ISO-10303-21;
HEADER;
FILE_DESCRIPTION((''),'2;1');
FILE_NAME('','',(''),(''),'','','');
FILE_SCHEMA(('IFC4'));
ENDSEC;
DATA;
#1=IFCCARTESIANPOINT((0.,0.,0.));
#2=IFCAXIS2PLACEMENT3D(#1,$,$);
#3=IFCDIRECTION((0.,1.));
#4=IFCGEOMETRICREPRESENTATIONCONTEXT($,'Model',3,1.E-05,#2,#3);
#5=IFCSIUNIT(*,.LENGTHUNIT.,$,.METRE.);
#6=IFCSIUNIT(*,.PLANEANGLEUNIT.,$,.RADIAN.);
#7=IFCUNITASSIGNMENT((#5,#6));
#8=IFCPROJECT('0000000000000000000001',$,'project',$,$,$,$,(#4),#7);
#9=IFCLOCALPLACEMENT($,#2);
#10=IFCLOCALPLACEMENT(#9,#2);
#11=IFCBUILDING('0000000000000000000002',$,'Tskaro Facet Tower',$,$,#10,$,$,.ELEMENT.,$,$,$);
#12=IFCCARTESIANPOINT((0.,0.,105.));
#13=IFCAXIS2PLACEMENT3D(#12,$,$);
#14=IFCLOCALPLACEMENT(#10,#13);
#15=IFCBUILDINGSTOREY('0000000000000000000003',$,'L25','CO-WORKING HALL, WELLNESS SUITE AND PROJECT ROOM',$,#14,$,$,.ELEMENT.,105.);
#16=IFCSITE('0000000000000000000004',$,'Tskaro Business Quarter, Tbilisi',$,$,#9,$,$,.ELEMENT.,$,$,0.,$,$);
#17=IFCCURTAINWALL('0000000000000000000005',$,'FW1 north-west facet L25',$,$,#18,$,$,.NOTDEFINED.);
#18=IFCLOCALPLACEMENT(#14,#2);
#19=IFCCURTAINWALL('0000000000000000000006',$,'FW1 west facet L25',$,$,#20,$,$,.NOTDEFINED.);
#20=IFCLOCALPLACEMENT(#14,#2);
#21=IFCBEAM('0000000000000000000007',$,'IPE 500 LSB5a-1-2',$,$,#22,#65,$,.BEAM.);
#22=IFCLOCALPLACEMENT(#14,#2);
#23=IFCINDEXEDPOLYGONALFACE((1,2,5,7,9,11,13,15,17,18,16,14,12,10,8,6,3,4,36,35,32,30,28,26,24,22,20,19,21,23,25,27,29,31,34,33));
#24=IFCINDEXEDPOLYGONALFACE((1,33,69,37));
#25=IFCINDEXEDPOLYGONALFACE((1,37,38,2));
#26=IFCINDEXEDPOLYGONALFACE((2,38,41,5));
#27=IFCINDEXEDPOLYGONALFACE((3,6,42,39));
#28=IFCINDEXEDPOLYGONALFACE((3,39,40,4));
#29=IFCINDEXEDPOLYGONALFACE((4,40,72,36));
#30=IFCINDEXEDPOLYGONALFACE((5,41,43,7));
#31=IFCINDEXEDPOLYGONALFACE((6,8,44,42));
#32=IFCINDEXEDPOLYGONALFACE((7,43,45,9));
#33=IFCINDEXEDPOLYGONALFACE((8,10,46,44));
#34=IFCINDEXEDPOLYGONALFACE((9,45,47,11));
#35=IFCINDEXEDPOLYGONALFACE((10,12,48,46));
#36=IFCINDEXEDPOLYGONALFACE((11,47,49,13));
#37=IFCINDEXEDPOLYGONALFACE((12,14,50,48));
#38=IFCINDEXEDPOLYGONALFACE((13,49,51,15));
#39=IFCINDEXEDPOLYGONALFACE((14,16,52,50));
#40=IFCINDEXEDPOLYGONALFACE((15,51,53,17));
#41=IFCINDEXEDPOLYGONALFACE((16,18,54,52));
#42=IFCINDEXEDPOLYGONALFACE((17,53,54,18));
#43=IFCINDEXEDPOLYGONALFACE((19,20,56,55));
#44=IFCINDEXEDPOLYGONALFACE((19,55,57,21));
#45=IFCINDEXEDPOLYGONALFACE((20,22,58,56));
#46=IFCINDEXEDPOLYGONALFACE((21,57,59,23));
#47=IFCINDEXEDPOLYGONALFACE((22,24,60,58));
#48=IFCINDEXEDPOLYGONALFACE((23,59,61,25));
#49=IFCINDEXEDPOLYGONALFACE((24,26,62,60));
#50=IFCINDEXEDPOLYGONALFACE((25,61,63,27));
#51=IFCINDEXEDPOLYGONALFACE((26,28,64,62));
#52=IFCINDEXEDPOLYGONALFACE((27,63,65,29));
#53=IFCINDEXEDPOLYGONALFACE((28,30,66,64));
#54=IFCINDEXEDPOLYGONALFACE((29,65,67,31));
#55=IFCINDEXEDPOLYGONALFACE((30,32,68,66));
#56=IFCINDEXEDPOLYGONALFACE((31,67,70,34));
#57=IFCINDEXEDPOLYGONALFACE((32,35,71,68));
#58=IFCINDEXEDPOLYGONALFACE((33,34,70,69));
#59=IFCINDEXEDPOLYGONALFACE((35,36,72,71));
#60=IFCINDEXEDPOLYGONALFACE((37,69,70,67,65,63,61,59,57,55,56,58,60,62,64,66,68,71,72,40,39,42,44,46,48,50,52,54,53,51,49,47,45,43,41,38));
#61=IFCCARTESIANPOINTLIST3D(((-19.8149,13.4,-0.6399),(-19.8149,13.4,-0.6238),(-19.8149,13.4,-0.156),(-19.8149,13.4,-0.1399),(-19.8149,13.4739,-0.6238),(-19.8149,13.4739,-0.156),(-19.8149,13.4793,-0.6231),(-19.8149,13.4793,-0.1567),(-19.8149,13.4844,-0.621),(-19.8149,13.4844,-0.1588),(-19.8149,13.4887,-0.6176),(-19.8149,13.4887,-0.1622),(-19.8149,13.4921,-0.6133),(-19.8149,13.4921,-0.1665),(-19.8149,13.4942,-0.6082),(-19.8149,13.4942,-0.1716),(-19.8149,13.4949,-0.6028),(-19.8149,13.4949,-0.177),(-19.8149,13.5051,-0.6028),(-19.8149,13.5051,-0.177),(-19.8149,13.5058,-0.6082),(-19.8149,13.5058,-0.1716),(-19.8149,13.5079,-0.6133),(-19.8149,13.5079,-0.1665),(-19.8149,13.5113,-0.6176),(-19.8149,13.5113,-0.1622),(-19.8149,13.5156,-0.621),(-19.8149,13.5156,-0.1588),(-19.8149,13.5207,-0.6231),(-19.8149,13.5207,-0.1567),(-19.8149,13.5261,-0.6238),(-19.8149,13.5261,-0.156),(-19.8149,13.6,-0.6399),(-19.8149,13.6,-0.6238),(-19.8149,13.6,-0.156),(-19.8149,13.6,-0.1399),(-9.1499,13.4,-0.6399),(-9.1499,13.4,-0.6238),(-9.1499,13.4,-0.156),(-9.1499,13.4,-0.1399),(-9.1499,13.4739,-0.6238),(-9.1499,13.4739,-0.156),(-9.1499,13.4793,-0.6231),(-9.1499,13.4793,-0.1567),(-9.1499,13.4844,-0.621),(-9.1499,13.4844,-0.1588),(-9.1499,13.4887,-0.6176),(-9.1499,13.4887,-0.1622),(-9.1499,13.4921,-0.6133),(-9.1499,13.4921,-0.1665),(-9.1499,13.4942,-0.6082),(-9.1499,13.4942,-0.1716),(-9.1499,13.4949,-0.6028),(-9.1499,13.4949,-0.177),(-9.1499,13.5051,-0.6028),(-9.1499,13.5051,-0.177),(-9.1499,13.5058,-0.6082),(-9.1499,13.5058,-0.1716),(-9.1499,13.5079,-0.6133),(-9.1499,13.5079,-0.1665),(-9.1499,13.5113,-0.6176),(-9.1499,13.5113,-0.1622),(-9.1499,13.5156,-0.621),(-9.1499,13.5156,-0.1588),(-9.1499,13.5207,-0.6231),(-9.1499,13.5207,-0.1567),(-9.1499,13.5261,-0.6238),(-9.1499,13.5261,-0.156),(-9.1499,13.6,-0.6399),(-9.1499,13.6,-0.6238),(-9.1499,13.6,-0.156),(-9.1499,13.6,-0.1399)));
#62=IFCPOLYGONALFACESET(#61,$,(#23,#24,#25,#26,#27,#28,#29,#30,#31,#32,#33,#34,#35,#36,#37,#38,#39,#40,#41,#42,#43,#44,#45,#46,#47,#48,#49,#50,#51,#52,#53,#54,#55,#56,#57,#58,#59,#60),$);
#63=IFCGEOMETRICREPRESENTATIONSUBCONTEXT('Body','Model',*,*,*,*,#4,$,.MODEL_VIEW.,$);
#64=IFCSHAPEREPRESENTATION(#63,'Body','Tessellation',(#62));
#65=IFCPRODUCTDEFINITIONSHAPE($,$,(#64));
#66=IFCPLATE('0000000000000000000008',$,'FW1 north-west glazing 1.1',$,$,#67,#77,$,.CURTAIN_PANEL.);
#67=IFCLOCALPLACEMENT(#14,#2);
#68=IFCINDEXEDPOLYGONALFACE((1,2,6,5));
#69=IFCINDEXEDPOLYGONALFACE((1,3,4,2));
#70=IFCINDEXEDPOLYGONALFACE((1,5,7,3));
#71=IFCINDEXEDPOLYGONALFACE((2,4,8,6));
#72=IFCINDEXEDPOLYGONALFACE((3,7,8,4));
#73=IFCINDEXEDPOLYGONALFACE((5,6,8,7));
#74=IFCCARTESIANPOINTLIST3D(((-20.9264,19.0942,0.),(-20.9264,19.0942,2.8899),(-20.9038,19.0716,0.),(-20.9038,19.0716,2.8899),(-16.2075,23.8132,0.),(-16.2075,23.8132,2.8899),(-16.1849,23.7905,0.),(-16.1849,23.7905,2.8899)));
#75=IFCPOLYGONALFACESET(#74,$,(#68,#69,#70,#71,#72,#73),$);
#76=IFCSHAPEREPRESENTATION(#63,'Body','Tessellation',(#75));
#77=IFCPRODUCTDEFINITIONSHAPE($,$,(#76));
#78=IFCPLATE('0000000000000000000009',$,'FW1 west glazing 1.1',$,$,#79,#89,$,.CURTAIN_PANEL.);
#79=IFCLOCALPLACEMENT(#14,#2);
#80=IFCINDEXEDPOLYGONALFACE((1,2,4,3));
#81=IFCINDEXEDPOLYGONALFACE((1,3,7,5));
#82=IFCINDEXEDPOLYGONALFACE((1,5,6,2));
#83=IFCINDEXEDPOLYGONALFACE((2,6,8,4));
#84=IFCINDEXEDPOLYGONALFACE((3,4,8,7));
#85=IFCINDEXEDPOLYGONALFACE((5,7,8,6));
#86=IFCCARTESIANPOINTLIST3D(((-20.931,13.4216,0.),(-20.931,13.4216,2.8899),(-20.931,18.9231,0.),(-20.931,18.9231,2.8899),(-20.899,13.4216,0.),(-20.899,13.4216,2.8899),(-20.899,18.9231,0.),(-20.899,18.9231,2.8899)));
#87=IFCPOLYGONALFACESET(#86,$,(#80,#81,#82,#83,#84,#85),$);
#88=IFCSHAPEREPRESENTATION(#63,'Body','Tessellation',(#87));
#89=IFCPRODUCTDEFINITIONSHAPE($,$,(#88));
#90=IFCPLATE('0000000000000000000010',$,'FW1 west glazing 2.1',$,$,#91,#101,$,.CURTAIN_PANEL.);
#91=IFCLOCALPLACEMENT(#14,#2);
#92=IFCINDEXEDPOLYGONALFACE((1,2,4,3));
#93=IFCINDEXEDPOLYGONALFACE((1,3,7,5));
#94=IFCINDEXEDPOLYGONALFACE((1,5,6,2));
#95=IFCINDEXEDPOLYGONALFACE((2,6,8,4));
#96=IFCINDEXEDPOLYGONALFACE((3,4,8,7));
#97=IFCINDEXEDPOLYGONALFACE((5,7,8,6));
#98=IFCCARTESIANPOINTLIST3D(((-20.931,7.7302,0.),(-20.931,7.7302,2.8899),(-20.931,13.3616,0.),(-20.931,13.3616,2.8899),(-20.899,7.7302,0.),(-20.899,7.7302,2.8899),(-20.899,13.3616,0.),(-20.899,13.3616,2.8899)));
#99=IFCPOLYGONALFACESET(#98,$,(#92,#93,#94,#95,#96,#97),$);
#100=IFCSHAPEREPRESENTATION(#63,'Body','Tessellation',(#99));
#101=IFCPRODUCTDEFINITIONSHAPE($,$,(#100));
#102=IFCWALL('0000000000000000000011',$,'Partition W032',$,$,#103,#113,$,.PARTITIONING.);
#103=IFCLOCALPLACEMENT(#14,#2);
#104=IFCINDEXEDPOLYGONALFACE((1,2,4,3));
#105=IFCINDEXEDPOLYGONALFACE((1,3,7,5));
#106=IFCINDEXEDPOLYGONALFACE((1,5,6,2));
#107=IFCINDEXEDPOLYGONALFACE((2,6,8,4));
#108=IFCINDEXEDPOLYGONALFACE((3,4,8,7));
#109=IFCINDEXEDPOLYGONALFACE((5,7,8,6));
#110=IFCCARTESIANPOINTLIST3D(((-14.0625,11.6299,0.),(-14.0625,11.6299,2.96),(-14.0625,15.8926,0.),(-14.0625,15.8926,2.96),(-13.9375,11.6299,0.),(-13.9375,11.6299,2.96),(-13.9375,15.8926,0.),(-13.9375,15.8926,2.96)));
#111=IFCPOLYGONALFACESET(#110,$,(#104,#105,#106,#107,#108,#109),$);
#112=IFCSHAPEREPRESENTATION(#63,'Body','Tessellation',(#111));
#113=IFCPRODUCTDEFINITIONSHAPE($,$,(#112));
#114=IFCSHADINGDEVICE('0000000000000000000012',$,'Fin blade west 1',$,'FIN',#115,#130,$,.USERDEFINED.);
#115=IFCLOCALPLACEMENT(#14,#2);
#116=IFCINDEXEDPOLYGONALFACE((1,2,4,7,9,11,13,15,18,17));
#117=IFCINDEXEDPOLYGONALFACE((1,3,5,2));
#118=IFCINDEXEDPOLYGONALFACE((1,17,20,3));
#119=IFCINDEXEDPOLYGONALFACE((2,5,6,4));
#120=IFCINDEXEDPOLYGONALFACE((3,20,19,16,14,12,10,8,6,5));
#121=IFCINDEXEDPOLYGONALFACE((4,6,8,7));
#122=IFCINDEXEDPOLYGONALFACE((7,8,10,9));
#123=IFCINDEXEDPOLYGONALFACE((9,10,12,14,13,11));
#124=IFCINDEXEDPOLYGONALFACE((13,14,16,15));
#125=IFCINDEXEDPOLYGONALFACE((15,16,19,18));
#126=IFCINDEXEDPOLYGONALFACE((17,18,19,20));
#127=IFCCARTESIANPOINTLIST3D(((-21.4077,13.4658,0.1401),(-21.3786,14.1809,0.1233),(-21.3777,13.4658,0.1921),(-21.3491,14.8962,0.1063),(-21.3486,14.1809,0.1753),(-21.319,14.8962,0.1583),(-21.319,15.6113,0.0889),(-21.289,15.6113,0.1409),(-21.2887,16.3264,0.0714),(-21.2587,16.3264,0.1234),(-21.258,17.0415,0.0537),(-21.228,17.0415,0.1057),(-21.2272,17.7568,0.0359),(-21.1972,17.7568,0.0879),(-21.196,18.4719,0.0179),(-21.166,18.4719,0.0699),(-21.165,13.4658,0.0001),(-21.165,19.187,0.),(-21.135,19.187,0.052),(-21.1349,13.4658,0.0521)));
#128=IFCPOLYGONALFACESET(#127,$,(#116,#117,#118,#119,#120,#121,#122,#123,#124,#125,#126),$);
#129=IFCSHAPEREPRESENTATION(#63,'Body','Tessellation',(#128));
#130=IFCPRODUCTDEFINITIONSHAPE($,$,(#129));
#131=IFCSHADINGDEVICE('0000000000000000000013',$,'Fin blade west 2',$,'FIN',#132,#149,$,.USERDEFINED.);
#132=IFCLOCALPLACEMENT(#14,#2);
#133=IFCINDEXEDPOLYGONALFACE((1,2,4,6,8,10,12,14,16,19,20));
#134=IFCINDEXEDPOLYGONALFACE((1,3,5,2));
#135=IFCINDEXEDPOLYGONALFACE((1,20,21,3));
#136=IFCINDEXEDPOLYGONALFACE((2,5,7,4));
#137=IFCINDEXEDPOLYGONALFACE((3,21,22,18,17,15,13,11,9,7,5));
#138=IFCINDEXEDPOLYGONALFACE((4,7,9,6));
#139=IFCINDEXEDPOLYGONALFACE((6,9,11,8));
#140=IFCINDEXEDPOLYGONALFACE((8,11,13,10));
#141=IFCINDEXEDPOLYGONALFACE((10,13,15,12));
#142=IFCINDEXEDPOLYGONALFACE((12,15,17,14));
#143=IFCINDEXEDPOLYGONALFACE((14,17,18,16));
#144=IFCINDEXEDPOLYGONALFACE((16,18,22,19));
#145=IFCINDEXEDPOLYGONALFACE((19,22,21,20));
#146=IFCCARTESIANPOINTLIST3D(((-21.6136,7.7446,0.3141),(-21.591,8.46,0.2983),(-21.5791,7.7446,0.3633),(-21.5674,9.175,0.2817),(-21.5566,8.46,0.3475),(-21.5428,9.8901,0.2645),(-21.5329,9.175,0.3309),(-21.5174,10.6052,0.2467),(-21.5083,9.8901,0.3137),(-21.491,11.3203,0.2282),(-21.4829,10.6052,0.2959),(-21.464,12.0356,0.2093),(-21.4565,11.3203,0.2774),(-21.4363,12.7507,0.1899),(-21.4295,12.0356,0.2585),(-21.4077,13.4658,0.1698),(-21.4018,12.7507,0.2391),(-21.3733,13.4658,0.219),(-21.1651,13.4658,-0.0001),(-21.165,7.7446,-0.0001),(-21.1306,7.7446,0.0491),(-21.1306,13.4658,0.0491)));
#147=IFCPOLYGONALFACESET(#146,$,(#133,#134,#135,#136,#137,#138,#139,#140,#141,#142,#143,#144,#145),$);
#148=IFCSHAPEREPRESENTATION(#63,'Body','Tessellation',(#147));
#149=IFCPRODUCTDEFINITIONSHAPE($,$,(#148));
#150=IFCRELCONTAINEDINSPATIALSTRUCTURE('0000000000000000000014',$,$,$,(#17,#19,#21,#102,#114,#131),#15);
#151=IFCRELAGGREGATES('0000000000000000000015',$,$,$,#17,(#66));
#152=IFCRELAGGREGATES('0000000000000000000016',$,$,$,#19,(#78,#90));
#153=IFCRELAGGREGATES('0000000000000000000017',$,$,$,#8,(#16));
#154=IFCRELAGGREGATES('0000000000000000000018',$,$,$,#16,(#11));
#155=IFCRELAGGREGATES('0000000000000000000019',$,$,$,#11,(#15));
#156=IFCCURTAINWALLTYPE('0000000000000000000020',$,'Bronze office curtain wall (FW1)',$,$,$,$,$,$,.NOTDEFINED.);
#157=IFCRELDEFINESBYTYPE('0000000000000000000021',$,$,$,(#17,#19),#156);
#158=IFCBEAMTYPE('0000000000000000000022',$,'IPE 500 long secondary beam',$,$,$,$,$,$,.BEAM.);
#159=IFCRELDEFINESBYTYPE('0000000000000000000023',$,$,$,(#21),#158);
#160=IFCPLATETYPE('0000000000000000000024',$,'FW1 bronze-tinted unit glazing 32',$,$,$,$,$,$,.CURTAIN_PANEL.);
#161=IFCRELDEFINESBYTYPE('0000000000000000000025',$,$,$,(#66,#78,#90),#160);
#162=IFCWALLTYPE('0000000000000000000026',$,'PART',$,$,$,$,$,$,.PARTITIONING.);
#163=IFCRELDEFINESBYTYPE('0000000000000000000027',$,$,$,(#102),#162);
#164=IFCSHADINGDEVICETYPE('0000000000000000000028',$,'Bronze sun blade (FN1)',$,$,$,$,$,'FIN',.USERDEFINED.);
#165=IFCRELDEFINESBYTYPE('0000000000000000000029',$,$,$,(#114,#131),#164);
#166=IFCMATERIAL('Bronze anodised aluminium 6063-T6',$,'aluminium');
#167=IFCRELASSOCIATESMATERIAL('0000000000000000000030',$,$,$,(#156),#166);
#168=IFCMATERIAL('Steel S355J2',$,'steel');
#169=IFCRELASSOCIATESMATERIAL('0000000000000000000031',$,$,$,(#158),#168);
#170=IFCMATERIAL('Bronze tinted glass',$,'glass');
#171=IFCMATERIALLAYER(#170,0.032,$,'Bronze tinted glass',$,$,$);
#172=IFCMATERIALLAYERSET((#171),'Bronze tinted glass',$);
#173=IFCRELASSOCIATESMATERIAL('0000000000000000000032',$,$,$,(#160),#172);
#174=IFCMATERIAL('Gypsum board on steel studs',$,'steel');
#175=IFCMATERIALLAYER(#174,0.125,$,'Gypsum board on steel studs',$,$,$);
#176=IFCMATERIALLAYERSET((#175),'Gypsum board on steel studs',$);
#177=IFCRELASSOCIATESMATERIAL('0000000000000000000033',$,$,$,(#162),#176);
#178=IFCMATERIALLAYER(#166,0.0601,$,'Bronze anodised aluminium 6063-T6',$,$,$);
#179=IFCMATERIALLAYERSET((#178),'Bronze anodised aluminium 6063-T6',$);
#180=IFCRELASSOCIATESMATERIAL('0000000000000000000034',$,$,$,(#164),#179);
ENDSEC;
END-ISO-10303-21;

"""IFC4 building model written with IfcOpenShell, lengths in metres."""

from ifc_helpers import new_model, si_unit, direction, frame, frame_2d, origin, origin_2d, place, context, subcontext, project, spatial, polyline, rectangle, i_section, outline, extrude, material, layer, layer_set, material_profile, profile_set, type_object, element, aggregate, save


model = new_model("IFC4")

# Units and contexts
model_context = context("Model", 3, precision=1e-05, world=origin(), true_north=direction((0.0, 1.0)))
body_context = subcontext(model_context, "Body", "Model", "MODEL_VIEW")
ifc_project = project(units=[si_unit("LENGTHUNIT", "METRE"), si_unit("PLANEANGLEUNIT", "RADIAN")], contexts=[model_context])

# Site, building, storey
site_placement = place(None, origin())
site = spatial("IfcSite", under=ifc_project, at=site_placement, Name="Tskaro Business Quarter, Tbilisi", CompositionType="ELEMENT", RefElevation=0.0)
building_placement = place(site_placement, origin())
building = spatial("IfcBuilding", under=site, at=building_placement, Name="Tskaro Facet Tower", CompositionType="ELEMENT")
storey_placement = place(building_placement, frame((0.0, 0.0, 105.0)))
storey = spatial("IfcBuildingStorey", under=building, at=storey_placement, Name="L25", Description="CO-WORKING HALL, WELLNESS SUITE AND PROJECT ROOM", CompositionType="ELEMENT", Elevation=105.0)

# Curtain wall
ifc_material_1 = material(Name="Bronze anodised aluminium 6063-T6", Category="aluminium")
curtain_wall_type = type_object("IfcCurtainWallType", Name="Bronze office curtain wall (FW1)", PredefinedType="NOTDEFINED", material=ifc_material_1)
curtain_wall_1_placement = place(storey_placement, origin())
curtain_wall_1 = element("IfcCurtainWall", 1, at=curtain_wall_1_placement, inside=storey, type_object=curtain_wall_type, Name="FW1 north-west facet L25", PredefinedType="NOTDEFINED")

# Curtain wall
curtain_wall_2_placement = place(storey_placement, origin())
curtain_wall_2 = element("IfcCurtainWall", 2, at=curtain_wall_2_placement, inside=storey, type_object=curtain_wall_type, Name="FW1 west facet L25", PredefinedType="NOTDEFINED")

# Beam
ifc_material_2 = material(Name="Steel S355J2", Category="steel")
ifc_material_profile_1 = material_profile(ifc_material_2, i_section(OverallWidth=0.2, OverallDepth=0.5, WebThickness=0.0103, FlangeThickness=0.0161, FilletRadius=0.021, at=origin_2d()), Name="IPE 500")
ifc_profile_set_1 = profile_set([ifc_material_profile_1], Name="Steel S355J2")
beam_type_1 = type_object("IfcBeamType", Name="IPE 500 long secondary beam", PredefinedType="BEAM", material=ifc_profile_set_1)
beam_1_placement = place(storey_placement, frame((-19.8149, 13.5, -0.3899), z_axis=(1.0, 0.0, 0.0), x_axis=(0.0, 1.0, 0.0)))
element("IfcBeam", 3, at=beam_1_placement, inside=storey, type_object=beam_type_1, Name="IPE 500 LSB5a-1-2", PredefinedType="BEAM", context=body_context, shape_type="SweptSolid", body=[
    extrude(i_section(OverallWidth=0.2, OverallDepth=0.5, WebThickness=0.0103, FlangeThickness=0.0161, FilletRadius=0.021, at=origin_2d()), origin(), (0.0, 0.0, 1.0), 10.665),
])

# Plates
ifc_material_3 = material(Name="Bronze tinted glass", Category="glass")
ifc_layer_1 = layer(ifc_material_3, 0.032, Name="Bronze tinted glass")
ifc_layer_set_1 = layer_set([ifc_layer_1], Name="Bronze tinted glass")
plate_type = type_object("IfcPlateType", Name="FW1 bronze-tinted unit glazing 32", PredefinedType="CURTAIN_PANEL", material=ifc_layer_set_1)
plate_1_placement = place(storey_placement, frame((-18.5557, 21.4424, 0.0), z_axis=(0.0, 0.0, 1.0), x_axis=(-0.707107, -0.707107, 0.0)))
plate_1 = element("IfcPlate", 4, at=plate_1_placement, type_object=plate_type, Name="FW1 north-west glazing 1.1", PredefinedType="CURTAIN_PANEL", context=body_context, shape_type="SweptSolid", body=[
    extrude(rectangle(XDim=6.6736, YDim=0.032, at=origin_2d()), origin(), (0.0, 0.0, 1.0), 2.8899),
])
aggregate(curtain_wall_1, [plate_1])
plate_2_placement = place(storey_placement, frame((-20.915, 16.1724, 0.0), z_axis=(0.0, 0.0, 1.0), x_axis=(0.0, -1.0, 0.0)))
plate_2 = element("IfcPlate", 5, at=plate_2_placement, type_object=plate_type, Name="FW1 west glazing 1.1", PredefinedType="CURTAIN_PANEL", context=body_context, shape_type="SweptSolid", body=[
    extrude(rectangle(XDim=5.5015, YDim=0.032, at=origin_2d()), origin(), (0.0, 0.0, 1.0), 2.8899),
])
plate_3_placement = place(storey_placement, frame((-20.915, 10.5459, 0.0), z_axis=(0.0, 0.0, 1.0), x_axis=(0.0, -1.0, 0.0)))
plate_3 = element("IfcPlate", 6, at=plate_3_placement, type_object=plate_type, Name="FW1 west glazing 2.1", PredefinedType="CURTAIN_PANEL", context=body_context, shape_type="SweptSolid", body=[
    extrude(rectangle(XDim=5.6313, YDim=0.032, at=origin_2d()), origin(), (0.0, 0.0, 1.0), 2.8899),
])
aggregate(curtain_wall_2, [plate_2, plate_3])

# Wall
ifc_material_4 = material(Name="Gypsum board on steel studs", Category="steel")
ifc_layer_2 = layer(ifc_material_4, 0.125, Name="Gypsum board on steel studs")
ifc_layer_set_2 = layer_set([ifc_layer_2], Name="Gypsum board on steel studs")
wall_type = type_object("IfcWallType", Name="PART", PredefinedType="PARTITIONING", material=ifc_layer_set_2)
wall_placement = place(storey_placement, frame((-14.0, 11.6299, 0.0), z_axis=(0.0, 0.0, 1.0), x_axis=(0.0, 1.0, 0.0)))
element("IfcWall", 7, at=wall_placement, inside=storey, type_object=wall_type, Name="Partition W032", PredefinedType="PARTITIONING", context=body_context, shape_type="SweptSolid", body=[
    extrude(rectangle(XDim=4.2627, YDim=0.125, at=frame_2d((2.1313, 0.0))), origin(), (0.0, 0.0, 1.0), 2.96),
])

# Shading devices
ifc_layer_3 = layer(ifc_material_1, 0.0601, Name="Bronze anodised aluminium 6063-T6")
ifc_layer_set_3 = layer_set([ifc_layer_3], Name="Bronze anodised aluminium 6063-T6")
shading_device_type = type_object("IfcShadingDeviceType", Name="Bronze sun blade (FN1)", ElementType="FIN", PredefinedType="USERDEFINED", material=ifc_layer_set_3)
shading_device_1_placement = place(storey_placement, frame((-21.135, 19.187, 0.052), z_axis=(0.499679, 0.000022, 0.866211), x_axis=(0.000011, -1.0, 0.000019)))
element("IfcShadingDevice", 8, at=shading_device_1_placement, inside=storey, type_object=shading_device_type, Name="Fin blade west 1", ObjectType="FIN", PredefinedType="USERDEFINED", context=body_context, shape_type="SweptSolid", body=[
    extrude(outline(polyline([(0.0, 0.0), (5.7212, 0.0), (5.7212, -0.2802), (5.0061, -0.2466), (4.2908, -0.2125), (3.5757, -0.1778), (2.8606, -0.1428), (2.1455, -0.1074), (1.4302, -0.0719), (0.7151, -0.0358), (0.0, 0.0)])), origin(), (0.0, 0.0, -1.0), 0.0601),
])
shading_device_2_placement = place(storey_placement, frame((-21.1306, 13.4658, 0.0491), z_axis=(0.573728, 0.000008, 0.819046), x_axis=(0.000005, -1.0, 0.000007)))
element("IfcShadingDevice", 9, at=shading_device_2_placement, inside=storey, type_object=shading_device_type, Name="Fin blade west 2", ObjectType="FIN", PredefinedType="USERDEFINED", context=body_context, shape_type="SweptSolid", body=[
    extrude(outline(polyline([(0.0, 0.0), (5.7212, 0.0), (5.7212, -0.5476), (5.0059, -0.5201), (4.2908, -0.4912), (3.5757, -0.4612), (2.8606, -0.4302), (2.1455, -0.3979), (1.4302, -0.3649), (0.7151, -0.3311), (0.0, -0.2963), (0.0, 0.0)])), origin(), (0.0, 0.0, -1.0), 0.0601),
])

save(model, "model.ifc")
